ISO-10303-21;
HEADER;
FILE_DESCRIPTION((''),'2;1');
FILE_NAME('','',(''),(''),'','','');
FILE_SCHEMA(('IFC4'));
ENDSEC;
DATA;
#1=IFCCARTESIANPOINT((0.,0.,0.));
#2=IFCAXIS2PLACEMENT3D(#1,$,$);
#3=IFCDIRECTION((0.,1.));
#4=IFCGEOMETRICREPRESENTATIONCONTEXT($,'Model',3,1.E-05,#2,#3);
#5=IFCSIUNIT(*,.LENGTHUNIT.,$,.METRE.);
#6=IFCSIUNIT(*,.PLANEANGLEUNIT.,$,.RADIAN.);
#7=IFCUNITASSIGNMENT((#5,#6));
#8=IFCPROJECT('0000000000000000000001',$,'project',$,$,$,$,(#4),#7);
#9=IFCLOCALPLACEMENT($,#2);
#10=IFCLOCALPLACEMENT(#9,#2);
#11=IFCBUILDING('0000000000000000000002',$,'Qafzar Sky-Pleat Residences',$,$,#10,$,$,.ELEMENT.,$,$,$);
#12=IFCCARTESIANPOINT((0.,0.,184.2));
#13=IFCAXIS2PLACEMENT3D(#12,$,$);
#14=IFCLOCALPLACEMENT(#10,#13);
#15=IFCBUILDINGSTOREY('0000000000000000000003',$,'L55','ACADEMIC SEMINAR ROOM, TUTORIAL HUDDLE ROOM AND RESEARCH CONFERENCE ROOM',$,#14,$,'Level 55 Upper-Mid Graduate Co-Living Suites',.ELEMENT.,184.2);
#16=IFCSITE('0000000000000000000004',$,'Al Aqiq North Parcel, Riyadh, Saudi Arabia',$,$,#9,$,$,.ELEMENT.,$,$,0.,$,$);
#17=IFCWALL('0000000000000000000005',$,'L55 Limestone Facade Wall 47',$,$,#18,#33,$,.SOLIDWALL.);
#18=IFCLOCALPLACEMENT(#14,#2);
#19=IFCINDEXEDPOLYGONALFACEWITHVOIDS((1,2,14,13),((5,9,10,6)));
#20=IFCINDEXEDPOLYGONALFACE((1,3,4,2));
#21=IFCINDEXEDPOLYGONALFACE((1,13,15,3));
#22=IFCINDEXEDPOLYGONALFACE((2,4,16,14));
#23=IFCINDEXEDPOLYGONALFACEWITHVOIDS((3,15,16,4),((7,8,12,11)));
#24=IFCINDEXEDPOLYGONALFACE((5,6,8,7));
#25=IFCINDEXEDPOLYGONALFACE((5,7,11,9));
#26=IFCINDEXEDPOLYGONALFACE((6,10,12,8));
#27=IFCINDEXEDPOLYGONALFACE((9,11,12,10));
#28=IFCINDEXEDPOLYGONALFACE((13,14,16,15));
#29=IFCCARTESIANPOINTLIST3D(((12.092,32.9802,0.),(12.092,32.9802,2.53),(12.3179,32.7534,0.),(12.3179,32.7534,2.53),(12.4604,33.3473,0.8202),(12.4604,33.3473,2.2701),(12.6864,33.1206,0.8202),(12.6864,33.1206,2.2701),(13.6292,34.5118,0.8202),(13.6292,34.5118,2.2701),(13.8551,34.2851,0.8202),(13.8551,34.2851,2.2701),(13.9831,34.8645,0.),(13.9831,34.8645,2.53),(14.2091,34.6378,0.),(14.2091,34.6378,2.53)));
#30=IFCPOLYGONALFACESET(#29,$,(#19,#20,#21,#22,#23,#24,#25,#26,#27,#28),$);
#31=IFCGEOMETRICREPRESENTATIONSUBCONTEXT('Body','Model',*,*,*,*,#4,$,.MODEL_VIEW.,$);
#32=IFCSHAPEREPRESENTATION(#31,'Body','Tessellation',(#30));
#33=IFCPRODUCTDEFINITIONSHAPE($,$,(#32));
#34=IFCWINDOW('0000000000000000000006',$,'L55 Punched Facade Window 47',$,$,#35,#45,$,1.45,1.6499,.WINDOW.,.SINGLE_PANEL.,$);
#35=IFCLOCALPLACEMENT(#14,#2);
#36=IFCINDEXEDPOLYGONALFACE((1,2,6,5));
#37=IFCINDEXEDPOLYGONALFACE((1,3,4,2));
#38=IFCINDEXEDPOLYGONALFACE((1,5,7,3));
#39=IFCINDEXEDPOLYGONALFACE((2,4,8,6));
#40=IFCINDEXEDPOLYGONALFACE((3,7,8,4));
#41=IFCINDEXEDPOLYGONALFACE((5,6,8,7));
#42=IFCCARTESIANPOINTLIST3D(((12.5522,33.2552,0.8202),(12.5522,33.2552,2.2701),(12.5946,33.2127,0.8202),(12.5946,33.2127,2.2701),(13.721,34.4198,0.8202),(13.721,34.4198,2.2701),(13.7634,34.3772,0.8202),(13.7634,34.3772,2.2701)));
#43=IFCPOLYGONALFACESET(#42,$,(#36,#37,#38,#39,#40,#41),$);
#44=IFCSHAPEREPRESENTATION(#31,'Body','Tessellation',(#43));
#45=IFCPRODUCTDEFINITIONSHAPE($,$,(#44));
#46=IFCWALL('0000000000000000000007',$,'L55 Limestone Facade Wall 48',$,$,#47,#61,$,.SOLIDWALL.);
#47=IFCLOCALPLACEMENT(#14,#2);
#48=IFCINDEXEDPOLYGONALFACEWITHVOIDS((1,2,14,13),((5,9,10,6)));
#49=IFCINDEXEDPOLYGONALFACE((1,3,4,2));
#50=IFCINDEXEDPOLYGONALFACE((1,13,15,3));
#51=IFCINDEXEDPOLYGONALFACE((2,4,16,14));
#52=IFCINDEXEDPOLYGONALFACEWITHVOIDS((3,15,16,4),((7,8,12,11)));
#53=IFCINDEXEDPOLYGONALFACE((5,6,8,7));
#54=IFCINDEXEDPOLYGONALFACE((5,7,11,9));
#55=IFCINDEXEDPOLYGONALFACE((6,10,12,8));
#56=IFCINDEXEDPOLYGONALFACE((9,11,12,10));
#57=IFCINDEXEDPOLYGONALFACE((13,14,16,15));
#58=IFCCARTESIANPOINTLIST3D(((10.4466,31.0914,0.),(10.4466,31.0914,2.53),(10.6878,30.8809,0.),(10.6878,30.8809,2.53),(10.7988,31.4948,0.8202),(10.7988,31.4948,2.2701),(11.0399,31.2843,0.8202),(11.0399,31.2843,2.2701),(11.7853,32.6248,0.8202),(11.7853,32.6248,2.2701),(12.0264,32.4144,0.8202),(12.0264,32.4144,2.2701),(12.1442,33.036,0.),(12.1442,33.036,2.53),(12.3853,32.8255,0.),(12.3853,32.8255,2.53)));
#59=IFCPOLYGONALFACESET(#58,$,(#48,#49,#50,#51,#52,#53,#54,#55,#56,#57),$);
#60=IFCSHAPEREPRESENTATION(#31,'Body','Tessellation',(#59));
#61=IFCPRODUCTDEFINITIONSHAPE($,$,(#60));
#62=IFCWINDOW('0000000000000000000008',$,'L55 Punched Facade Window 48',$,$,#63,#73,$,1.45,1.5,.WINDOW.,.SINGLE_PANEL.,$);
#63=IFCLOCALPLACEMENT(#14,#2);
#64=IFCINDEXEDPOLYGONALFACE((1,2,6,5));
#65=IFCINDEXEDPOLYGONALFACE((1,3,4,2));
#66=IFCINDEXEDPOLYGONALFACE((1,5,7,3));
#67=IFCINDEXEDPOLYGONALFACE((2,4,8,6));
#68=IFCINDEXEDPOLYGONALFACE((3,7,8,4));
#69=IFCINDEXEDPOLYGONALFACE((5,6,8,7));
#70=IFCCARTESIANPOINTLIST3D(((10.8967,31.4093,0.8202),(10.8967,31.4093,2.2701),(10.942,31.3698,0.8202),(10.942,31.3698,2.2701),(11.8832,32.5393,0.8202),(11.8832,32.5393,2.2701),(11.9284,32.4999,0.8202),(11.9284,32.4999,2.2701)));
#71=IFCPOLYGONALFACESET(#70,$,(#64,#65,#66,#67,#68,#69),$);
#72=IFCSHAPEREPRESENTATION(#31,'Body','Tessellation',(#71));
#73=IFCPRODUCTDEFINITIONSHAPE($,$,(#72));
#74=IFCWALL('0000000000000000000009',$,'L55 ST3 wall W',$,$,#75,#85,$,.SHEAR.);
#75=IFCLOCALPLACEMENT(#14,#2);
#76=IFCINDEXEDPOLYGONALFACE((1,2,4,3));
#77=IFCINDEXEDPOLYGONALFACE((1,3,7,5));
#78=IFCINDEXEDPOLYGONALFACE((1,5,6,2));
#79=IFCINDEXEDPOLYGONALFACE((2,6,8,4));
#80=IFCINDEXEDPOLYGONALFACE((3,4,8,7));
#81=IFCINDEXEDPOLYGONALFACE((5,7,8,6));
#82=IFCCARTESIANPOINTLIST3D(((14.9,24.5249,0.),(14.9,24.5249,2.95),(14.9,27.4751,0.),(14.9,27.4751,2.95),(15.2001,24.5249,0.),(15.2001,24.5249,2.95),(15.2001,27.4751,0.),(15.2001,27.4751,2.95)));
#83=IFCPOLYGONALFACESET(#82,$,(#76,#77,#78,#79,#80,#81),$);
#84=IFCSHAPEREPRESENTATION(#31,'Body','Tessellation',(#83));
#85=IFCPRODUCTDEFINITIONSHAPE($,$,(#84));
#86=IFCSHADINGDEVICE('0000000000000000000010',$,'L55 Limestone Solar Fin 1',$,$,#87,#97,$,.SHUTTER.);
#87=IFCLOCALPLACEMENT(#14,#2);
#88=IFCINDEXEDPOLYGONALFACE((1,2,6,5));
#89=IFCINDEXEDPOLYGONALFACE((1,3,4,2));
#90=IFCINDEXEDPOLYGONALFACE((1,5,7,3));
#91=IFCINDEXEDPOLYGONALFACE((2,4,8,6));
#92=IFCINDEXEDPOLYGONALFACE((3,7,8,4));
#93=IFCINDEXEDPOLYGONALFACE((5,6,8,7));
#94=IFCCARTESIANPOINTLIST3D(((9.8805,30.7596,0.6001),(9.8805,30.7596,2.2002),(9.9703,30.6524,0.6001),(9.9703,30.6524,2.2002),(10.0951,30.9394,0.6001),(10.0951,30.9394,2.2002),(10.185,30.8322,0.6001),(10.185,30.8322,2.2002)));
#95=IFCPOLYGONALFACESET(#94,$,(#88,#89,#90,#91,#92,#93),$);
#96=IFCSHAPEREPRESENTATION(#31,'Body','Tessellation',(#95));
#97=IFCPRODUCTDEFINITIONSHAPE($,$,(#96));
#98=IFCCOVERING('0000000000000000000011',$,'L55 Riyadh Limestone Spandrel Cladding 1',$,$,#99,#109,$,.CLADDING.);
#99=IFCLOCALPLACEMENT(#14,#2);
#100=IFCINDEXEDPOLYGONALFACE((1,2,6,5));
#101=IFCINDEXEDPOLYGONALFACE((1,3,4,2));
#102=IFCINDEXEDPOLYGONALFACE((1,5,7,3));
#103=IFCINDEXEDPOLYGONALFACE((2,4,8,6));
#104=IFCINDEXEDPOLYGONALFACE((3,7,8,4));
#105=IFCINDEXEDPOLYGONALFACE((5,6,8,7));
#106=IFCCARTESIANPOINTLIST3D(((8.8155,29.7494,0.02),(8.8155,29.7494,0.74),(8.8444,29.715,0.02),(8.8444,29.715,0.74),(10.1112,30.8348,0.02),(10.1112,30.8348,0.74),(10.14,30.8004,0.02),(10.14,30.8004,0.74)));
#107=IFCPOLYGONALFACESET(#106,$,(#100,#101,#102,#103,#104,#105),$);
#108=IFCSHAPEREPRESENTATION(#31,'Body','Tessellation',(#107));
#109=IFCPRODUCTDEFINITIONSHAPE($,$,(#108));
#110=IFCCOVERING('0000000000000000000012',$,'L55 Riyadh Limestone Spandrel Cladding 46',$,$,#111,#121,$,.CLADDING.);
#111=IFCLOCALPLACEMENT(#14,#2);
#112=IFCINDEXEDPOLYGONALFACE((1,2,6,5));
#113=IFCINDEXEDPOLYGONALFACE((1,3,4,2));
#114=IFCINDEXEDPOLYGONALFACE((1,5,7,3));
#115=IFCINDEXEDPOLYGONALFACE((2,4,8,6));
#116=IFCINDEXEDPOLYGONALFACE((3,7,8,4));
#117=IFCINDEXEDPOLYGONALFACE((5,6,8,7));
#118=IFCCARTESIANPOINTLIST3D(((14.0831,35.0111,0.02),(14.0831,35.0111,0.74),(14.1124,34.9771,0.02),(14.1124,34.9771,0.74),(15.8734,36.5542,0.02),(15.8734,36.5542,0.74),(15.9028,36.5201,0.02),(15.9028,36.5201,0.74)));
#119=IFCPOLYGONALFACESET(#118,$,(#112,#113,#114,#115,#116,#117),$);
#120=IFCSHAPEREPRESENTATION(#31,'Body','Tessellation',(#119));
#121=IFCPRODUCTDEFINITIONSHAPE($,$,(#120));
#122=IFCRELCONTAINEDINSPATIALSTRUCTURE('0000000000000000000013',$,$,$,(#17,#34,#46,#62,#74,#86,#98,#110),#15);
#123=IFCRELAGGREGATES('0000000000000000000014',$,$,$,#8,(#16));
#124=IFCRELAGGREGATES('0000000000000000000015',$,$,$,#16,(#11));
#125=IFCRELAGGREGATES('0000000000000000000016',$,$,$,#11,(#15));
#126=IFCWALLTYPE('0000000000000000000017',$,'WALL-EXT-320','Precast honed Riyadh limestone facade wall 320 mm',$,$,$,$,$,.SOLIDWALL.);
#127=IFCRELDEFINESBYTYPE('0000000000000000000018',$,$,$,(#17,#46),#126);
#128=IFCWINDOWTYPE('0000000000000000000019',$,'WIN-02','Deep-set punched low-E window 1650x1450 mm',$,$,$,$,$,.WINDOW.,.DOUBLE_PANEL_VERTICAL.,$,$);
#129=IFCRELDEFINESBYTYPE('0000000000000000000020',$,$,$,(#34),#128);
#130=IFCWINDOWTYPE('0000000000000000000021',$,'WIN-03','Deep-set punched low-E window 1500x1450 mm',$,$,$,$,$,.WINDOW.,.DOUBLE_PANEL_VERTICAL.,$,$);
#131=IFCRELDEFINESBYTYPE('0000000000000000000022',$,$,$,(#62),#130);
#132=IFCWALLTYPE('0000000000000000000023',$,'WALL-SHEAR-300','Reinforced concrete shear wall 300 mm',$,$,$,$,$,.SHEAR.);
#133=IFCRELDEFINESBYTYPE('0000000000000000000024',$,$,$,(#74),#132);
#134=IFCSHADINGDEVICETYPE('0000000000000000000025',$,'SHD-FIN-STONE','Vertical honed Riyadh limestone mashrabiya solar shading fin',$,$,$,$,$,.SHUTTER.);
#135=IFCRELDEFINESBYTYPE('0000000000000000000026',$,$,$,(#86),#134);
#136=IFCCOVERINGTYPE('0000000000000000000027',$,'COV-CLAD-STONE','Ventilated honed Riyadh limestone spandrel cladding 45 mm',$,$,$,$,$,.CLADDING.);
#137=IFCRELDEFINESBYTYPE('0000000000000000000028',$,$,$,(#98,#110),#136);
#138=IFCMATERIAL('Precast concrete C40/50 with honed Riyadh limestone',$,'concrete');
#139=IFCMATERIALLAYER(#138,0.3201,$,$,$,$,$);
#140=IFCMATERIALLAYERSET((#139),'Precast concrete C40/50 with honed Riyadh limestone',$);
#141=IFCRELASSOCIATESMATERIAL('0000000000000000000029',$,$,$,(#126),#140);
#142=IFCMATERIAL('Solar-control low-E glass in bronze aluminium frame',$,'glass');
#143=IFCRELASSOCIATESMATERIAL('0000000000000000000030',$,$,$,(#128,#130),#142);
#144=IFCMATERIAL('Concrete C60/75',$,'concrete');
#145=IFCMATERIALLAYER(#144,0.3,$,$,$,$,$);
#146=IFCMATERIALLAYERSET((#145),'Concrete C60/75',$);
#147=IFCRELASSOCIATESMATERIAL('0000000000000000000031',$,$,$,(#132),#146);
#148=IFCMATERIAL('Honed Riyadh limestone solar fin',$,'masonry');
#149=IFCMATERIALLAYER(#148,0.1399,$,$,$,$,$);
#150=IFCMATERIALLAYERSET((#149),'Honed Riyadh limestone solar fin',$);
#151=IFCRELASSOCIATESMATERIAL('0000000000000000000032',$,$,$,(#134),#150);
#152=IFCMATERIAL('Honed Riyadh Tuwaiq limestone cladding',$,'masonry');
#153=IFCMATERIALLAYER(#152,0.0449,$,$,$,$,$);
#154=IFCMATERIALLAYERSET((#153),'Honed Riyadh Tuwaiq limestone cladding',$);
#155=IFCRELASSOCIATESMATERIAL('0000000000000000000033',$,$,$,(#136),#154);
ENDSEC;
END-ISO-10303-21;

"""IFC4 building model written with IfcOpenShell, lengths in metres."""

from ifc_helpers import new_model, si_unit, direction, frame, frame_2d, origin, origin_2d, place, context, subcontext, project, spatial, rectangle, extrude, source, transform, mapped, material, layer, layer_set, type_object, element, fill, save


model = new_model("IFC4")

# Units and contexts
model_context = context("Model", 3, precision=1e-05, world=origin(), true_north=direction((0.0, 1.0)))
body_context = subcontext(model_context, "Body", "Model", "MODEL_VIEW")
ifc_project = project(units=[si_unit("LENGTHUNIT", "METRE"), si_unit("PLANEANGLEUNIT", "RADIAN")], contexts=[model_context])

# Site, building, storey
site_placement = place(None, origin())
site = spatial("IfcSite", under=ifc_project, at=site_placement, Name="Al Aqiq North Parcel, Riyadh, Saudi Arabia", CompositionType="ELEMENT", RefElevation=0.0)
building_placement = place(site_placement, origin())
building = spatial("IfcBuilding", under=site, at=building_placement, Name="Qafzar Sky-Pleat Residences", CompositionType="ELEMENT")
storey_placement = place(building_placement, frame((0.0, 0.0, 184.2)))
storey = spatial("IfcBuildingStorey", under=building, at=storey_placement, Name="L55", Description="ACADEMIC SEMINAR ROOM, TUTORIAL HUDDLE ROOM AND RESEARCH CONFERENCE ROOM", LongName="Level 55 Upper-Mid Graduate Co-Living Suites", CompositionType="ELEMENT", Elevation=184.2)

# Shared definitions
ifc_material_1 = material(Name="Concrete C60/75", Category="concrete")

# Walls, openings, windows
ifc_material_2 = material(Name="Precast concrete C40/50 with honed Riyadh limestone", Category="concrete")
ifc_layer_1 = layer(ifc_material_2, 0.3201)
ifc_layer_set_1 = layer_set([ifc_layer_1], Name="Precast concrete C40/50 with honed Riyadh limestone")
wall_type_1 = type_object("IfcWallType", Name="WALL-EXT-320", Description="Precast honed Riyadh limestone facade wall 320 mm", PredefinedType="SOLIDWALL", material=ifc_layer_set_1)
ifc_material_3 = material(Name="Solar-control low-E glass in bronze aluminium frame", Category="glass")
wall_1_placement = place(storey_placement, frame((14.0962, 34.7512, 0.0), z_axis=(0.0, 0.0, 1.0), x_axis=(-0.708386, -0.705825, 0.0)))
wall_1 = element("IfcWall", 1, at=wall_1_placement, inside=storey, type_object=wall_type_1, Name="L55 Limestone Facade Wall 47", PredefinedType="SOLIDWALL", context=body_context, shape_type="SweptSolid", body=[
    extrude(rectangle(XDim=2.6697, YDim=0.3201, at=frame_2d((1.335, 0.0))), origin(), (0.0, 0.0, 1.0), 2.53),
])
opening_1_placement = place(wall_1_placement, frame((0.4998, 0.0, 0.8201)))
opening_1 = element("IfcOpeningElement", 2, at=opening_1_placement, cuts=wall_1, PredefinedType="OPENING", context=body_context, shape_type="SweptSolid", body=[
    extrude(rectangle(XDim=1.6499, YDim=1.45, at=frame_2d((0.825, 0.7251))), frame((0.0, 0.1699, 0.0), z_axis=(0.0, -1.0, 0.0), x_axis=(1.0, 0.0, 0.0)), (0.0, 0.0, 1.0), 0.3401),
])
window_type_1 = type_object("IfcWindowType", Name="WIN-02", Description="Deep-set punched low-E window 1650x1450 mm", PartitioningType="DOUBLE_PANEL_VERTICAL", PredefinedType="WINDOW", material=ifc_material_3)
shared_shape_1 = source(origin(), body_context, "Body", "SweptSolid", [
    extrude(rectangle(XDim=1.6499, YDim=1.45, at=frame_2d((0.825, 0.7251))), frame((0.0, 0.03, 0.0), z_axis=(0.0, -1.0, 0.0), x_axis=(1.0, 0.0, 0.0)), (0.0, 0.0, 1.0), 0.0601),
])
window_1_placement = place(opening_1_placement, origin())
window_1 = element("IfcWindow", 3, at=window_1_placement, inside=storey, type_object=window_type_1, Name="L55 Punched Facade Window 47", OverallHeight=1.45, OverallWidth=1.6499, PartitioningType="SINGLE_PANEL", PredefinedType="WINDOW", context=body_context, shape_type="MappedRepresentation", body=[
    mapped(shared_shape_1, transform((0.0, 0.0, 0.0), x_axis=(1.0, 0.0, 0.0), y_axis=(0.0, 1.0, 0.0), z_axis=(0.0, 0.0, 1.0), scale=1.0)),
])
fill(opening_1, window_1)
wall_2_placement = place(storey_placement, frame((12.2646, 32.9307, 0.0), z_axis=(0.0, 0.0, 1.0), x_axis=(-0.657627, -0.753344, 0.0)))
wall_2 = element("IfcWall", 4, at=wall_2_placement, inside=storey, type_object=wall_type_1, Name="L55 Limestone Facade Wall 48", PredefinedType="SOLIDWALL", context=body_context, shape_type="SweptSolid", body=[
    extrude(rectangle(XDim=2.5813, YDim=0.3201, at=frame_2d((1.2905, 0.0))), origin(), (0.0, 0.0, 1.0), 2.53),
])
opening_2_placement = place(wall_2_placement, frame((0.5457, 0.0, 0.8201)))
opening_2 = element("IfcOpeningElement", 5, at=opening_2_placement, cuts=wall_2, PredefinedType="OPENING", context=body_context, shape_type="SweptSolid", body=[
    extrude(rectangle(XDim=1.5, YDim=1.45, at=frame_2d((0.75, 0.7251))), frame((0.0, 0.1699, 0.0), z_axis=(0.0, -1.0, 0.0), x_axis=(1.0, 0.0, 0.0)), (0.0, 0.0, 1.0), 0.3401),
])
window_type_2 = type_object("IfcWindowType", Name="WIN-03", Description="Deep-set punched low-E window 1500x1450 mm", PartitioningType="DOUBLE_PANEL_VERTICAL", PredefinedType="WINDOW", material=ifc_material_3)
shared_shape_2 = source(origin(), body_context, "Body", "SweptSolid", [
    extrude(rectangle(XDim=1.5, YDim=1.45, at=frame_2d((0.75, 0.7251))), frame((0.0, 0.03, 0.0), z_axis=(0.0, -1.0, 0.0), x_axis=(1.0, 0.0, 0.0)), (0.0, 0.0, 1.0), 0.0601),
])
window_2_placement = place(opening_2_placement, origin())
window_2 = element("IfcWindow", 6, at=window_2_placement, inside=storey, type_object=window_type_2, Name="L55 Punched Facade Window 48", OverallHeight=1.45, OverallWidth=1.5, PartitioningType="SINGLE_PANEL", PredefinedType="WINDOW", context=body_context, shape_type="MappedRepresentation", body=[
    mapped(shared_shape_2, transform((0.0, 0.0, 0.0), x_axis=(1.0, 0.0, 0.0), y_axis=(0.0, 1.0, 0.0), z_axis=(0.0, 0.0, 1.0), scale=1.0)),
])
fill(opening_2, window_2)

# Wall
ifc_layer_2 = layer(ifc_material_1, 0.3)
ifc_layer_set_2 = layer_set([ifc_layer_2], Name="Concrete C60/75")
wall_type_2 = type_object("IfcWallType", Name="WALL-SHEAR-300", Description="Reinforced concrete shear wall 300 mm", PredefinedType="SHEAR", material=ifc_layer_set_2)
wall_3_placement = place(storey_placement, frame((15.05, 27.4751, 0.0), z_axis=(0.0, 0.0, 1.0), x_axis=(0.0, -1.0, 0.0)))
element("IfcWall", 7, at=wall_3_placement, inside=storey, type_object=wall_type_2, Name="L55 ST3 wall W", PredefinedType="SHEAR", context=body_context, shape_type="SweptSolid", body=[
    extrude(rectangle(XDim=2.9502, YDim=0.3, at=frame_2d((1.4751, 0.0))), origin(), (0.0, 0.0, 1.0), 2.95),
])

# Shading device
ifc_material_4 = material(Name="Honed Riyadh limestone solar fin", Category="masonry")
ifc_layer_3 = layer(ifc_material_4, 0.1399)
ifc_layer_set_3 = layer_set([ifc_layer_3], Name="Honed Riyadh limestone solar fin")
shading_device_type = type_object("IfcShadingDeviceType", Name="SHD-FIN-STONE", Description="Vertical honed Riyadh limestone mashrabiya solar shading fin", PredefinedType="SHUTTER", material=ifc_layer_set_3)
shared_shape_3 = source(origin(), body_context, "Body", "SweptSolid", [
    extrude(rectangle(XDim=0.1399, YDim=0.28, at=origin_2d()), origin(), (0.0, 0.0, 1.0), 1.6001),
])
shading_device_placement = place(storey_placement, frame((10.0327, 30.7959, 0.6001), z_axis=(0.0, 0.0, 1.0), x_axis=(-0.642174, 0.766559, 0.0)))
element("IfcShadingDevice", 8, at=shading_device_placement, inside=storey, type_object=shading_device_type, Name="L55 Limestone Solar Fin 1", PredefinedType="SHUTTER", context=body_context, shape_type="MappedRepresentation", body=[
    mapped(shared_shape_3, transform((0.0, 0.0, 0.0), x_axis=(1.0, 0.0, 0.0), y_axis=(0.0, 1.0, 0.0), z_axis=(0.0, 0.0, 1.0), scale=1.0)),
])

# Coverings
ifc_material_5 = material(Name="Honed Riyadh Tuwaiq limestone cladding", Category="masonry")
ifc_layer_4 = layer(ifc_material_5, 0.0449)
ifc_layer_set_4 = layer_set([ifc_layer_4], Name="Honed Riyadh Tuwaiq limestone cladding")
covering_type = type_object("IfcCoveringType", Name="COV-CLAD-STONE", Description="Ventilated honed Riyadh limestone spandrel cladding 45 mm", PredefinedType="CLADDING", material=ifc_layer_set_4)
shared_shape_4 = source(origin(), body_context, "Body", "SweptSolid", [
    extrude(rectangle(XDim=1.6902, YDim=0.0449, at=origin_2d()), origin(), (0.0, 0.0, 1.0), 0.72),
])
covering_1_placement = place(storey_placement, frame((9.4778, 30.2749, 0.02), z_axis=(0.0, 0.0, 1.0), x_axis=(-0.766556, -0.642178, 0.0)))
element("IfcCovering", 9, at=covering_1_placement, inside=storey, type_object=covering_type, Name="L55 Riyadh Limestone Spandrel Cladding 1", PredefinedType="CLADDING", context=body_context, shape_type="MappedRepresentation", body=[
    mapped(shared_shape_4, transform((0.0, 0.0, 0.0), x_axis=(1.0, 0.0, 0.0), y_axis=(0.0, 1.0, 0.0), z_axis=(0.0, 0.0, 1.0), scale=1.0)),
])
shared_shape_5 = source(origin(), body_context, "Body", "SweptSolid", [
    extrude(rectangle(XDim=2.3635, YDim=0.0449, at=origin_2d()), origin(), (0.0, 0.0, 1.0), 0.72),
])
covering_2_placement = place(storey_placement, frame((14.9929, 35.7656, 0.02), z_axis=(0.0, 0.0, 1.0), x_axis=(-0.757488, -0.652849, 0.0)))
element("IfcCovering", 10, at=covering_2_placement, inside=storey, type_object=covering_type, Name="L55 Riyadh Limestone Spandrel Cladding 46", PredefinedType="CLADDING", context=body_context, shape_type="MappedRepresentation", body=[
    mapped(shared_shape_5, transform((0.0, 0.0, 0.0), x_axis=(1.0, 0.0, 0.0), y_axis=(0.0, 1.0, 0.0), z_axis=(0.0, 0.0, 1.0), scale=1.0)),
])

save(model, "model.ifc")
